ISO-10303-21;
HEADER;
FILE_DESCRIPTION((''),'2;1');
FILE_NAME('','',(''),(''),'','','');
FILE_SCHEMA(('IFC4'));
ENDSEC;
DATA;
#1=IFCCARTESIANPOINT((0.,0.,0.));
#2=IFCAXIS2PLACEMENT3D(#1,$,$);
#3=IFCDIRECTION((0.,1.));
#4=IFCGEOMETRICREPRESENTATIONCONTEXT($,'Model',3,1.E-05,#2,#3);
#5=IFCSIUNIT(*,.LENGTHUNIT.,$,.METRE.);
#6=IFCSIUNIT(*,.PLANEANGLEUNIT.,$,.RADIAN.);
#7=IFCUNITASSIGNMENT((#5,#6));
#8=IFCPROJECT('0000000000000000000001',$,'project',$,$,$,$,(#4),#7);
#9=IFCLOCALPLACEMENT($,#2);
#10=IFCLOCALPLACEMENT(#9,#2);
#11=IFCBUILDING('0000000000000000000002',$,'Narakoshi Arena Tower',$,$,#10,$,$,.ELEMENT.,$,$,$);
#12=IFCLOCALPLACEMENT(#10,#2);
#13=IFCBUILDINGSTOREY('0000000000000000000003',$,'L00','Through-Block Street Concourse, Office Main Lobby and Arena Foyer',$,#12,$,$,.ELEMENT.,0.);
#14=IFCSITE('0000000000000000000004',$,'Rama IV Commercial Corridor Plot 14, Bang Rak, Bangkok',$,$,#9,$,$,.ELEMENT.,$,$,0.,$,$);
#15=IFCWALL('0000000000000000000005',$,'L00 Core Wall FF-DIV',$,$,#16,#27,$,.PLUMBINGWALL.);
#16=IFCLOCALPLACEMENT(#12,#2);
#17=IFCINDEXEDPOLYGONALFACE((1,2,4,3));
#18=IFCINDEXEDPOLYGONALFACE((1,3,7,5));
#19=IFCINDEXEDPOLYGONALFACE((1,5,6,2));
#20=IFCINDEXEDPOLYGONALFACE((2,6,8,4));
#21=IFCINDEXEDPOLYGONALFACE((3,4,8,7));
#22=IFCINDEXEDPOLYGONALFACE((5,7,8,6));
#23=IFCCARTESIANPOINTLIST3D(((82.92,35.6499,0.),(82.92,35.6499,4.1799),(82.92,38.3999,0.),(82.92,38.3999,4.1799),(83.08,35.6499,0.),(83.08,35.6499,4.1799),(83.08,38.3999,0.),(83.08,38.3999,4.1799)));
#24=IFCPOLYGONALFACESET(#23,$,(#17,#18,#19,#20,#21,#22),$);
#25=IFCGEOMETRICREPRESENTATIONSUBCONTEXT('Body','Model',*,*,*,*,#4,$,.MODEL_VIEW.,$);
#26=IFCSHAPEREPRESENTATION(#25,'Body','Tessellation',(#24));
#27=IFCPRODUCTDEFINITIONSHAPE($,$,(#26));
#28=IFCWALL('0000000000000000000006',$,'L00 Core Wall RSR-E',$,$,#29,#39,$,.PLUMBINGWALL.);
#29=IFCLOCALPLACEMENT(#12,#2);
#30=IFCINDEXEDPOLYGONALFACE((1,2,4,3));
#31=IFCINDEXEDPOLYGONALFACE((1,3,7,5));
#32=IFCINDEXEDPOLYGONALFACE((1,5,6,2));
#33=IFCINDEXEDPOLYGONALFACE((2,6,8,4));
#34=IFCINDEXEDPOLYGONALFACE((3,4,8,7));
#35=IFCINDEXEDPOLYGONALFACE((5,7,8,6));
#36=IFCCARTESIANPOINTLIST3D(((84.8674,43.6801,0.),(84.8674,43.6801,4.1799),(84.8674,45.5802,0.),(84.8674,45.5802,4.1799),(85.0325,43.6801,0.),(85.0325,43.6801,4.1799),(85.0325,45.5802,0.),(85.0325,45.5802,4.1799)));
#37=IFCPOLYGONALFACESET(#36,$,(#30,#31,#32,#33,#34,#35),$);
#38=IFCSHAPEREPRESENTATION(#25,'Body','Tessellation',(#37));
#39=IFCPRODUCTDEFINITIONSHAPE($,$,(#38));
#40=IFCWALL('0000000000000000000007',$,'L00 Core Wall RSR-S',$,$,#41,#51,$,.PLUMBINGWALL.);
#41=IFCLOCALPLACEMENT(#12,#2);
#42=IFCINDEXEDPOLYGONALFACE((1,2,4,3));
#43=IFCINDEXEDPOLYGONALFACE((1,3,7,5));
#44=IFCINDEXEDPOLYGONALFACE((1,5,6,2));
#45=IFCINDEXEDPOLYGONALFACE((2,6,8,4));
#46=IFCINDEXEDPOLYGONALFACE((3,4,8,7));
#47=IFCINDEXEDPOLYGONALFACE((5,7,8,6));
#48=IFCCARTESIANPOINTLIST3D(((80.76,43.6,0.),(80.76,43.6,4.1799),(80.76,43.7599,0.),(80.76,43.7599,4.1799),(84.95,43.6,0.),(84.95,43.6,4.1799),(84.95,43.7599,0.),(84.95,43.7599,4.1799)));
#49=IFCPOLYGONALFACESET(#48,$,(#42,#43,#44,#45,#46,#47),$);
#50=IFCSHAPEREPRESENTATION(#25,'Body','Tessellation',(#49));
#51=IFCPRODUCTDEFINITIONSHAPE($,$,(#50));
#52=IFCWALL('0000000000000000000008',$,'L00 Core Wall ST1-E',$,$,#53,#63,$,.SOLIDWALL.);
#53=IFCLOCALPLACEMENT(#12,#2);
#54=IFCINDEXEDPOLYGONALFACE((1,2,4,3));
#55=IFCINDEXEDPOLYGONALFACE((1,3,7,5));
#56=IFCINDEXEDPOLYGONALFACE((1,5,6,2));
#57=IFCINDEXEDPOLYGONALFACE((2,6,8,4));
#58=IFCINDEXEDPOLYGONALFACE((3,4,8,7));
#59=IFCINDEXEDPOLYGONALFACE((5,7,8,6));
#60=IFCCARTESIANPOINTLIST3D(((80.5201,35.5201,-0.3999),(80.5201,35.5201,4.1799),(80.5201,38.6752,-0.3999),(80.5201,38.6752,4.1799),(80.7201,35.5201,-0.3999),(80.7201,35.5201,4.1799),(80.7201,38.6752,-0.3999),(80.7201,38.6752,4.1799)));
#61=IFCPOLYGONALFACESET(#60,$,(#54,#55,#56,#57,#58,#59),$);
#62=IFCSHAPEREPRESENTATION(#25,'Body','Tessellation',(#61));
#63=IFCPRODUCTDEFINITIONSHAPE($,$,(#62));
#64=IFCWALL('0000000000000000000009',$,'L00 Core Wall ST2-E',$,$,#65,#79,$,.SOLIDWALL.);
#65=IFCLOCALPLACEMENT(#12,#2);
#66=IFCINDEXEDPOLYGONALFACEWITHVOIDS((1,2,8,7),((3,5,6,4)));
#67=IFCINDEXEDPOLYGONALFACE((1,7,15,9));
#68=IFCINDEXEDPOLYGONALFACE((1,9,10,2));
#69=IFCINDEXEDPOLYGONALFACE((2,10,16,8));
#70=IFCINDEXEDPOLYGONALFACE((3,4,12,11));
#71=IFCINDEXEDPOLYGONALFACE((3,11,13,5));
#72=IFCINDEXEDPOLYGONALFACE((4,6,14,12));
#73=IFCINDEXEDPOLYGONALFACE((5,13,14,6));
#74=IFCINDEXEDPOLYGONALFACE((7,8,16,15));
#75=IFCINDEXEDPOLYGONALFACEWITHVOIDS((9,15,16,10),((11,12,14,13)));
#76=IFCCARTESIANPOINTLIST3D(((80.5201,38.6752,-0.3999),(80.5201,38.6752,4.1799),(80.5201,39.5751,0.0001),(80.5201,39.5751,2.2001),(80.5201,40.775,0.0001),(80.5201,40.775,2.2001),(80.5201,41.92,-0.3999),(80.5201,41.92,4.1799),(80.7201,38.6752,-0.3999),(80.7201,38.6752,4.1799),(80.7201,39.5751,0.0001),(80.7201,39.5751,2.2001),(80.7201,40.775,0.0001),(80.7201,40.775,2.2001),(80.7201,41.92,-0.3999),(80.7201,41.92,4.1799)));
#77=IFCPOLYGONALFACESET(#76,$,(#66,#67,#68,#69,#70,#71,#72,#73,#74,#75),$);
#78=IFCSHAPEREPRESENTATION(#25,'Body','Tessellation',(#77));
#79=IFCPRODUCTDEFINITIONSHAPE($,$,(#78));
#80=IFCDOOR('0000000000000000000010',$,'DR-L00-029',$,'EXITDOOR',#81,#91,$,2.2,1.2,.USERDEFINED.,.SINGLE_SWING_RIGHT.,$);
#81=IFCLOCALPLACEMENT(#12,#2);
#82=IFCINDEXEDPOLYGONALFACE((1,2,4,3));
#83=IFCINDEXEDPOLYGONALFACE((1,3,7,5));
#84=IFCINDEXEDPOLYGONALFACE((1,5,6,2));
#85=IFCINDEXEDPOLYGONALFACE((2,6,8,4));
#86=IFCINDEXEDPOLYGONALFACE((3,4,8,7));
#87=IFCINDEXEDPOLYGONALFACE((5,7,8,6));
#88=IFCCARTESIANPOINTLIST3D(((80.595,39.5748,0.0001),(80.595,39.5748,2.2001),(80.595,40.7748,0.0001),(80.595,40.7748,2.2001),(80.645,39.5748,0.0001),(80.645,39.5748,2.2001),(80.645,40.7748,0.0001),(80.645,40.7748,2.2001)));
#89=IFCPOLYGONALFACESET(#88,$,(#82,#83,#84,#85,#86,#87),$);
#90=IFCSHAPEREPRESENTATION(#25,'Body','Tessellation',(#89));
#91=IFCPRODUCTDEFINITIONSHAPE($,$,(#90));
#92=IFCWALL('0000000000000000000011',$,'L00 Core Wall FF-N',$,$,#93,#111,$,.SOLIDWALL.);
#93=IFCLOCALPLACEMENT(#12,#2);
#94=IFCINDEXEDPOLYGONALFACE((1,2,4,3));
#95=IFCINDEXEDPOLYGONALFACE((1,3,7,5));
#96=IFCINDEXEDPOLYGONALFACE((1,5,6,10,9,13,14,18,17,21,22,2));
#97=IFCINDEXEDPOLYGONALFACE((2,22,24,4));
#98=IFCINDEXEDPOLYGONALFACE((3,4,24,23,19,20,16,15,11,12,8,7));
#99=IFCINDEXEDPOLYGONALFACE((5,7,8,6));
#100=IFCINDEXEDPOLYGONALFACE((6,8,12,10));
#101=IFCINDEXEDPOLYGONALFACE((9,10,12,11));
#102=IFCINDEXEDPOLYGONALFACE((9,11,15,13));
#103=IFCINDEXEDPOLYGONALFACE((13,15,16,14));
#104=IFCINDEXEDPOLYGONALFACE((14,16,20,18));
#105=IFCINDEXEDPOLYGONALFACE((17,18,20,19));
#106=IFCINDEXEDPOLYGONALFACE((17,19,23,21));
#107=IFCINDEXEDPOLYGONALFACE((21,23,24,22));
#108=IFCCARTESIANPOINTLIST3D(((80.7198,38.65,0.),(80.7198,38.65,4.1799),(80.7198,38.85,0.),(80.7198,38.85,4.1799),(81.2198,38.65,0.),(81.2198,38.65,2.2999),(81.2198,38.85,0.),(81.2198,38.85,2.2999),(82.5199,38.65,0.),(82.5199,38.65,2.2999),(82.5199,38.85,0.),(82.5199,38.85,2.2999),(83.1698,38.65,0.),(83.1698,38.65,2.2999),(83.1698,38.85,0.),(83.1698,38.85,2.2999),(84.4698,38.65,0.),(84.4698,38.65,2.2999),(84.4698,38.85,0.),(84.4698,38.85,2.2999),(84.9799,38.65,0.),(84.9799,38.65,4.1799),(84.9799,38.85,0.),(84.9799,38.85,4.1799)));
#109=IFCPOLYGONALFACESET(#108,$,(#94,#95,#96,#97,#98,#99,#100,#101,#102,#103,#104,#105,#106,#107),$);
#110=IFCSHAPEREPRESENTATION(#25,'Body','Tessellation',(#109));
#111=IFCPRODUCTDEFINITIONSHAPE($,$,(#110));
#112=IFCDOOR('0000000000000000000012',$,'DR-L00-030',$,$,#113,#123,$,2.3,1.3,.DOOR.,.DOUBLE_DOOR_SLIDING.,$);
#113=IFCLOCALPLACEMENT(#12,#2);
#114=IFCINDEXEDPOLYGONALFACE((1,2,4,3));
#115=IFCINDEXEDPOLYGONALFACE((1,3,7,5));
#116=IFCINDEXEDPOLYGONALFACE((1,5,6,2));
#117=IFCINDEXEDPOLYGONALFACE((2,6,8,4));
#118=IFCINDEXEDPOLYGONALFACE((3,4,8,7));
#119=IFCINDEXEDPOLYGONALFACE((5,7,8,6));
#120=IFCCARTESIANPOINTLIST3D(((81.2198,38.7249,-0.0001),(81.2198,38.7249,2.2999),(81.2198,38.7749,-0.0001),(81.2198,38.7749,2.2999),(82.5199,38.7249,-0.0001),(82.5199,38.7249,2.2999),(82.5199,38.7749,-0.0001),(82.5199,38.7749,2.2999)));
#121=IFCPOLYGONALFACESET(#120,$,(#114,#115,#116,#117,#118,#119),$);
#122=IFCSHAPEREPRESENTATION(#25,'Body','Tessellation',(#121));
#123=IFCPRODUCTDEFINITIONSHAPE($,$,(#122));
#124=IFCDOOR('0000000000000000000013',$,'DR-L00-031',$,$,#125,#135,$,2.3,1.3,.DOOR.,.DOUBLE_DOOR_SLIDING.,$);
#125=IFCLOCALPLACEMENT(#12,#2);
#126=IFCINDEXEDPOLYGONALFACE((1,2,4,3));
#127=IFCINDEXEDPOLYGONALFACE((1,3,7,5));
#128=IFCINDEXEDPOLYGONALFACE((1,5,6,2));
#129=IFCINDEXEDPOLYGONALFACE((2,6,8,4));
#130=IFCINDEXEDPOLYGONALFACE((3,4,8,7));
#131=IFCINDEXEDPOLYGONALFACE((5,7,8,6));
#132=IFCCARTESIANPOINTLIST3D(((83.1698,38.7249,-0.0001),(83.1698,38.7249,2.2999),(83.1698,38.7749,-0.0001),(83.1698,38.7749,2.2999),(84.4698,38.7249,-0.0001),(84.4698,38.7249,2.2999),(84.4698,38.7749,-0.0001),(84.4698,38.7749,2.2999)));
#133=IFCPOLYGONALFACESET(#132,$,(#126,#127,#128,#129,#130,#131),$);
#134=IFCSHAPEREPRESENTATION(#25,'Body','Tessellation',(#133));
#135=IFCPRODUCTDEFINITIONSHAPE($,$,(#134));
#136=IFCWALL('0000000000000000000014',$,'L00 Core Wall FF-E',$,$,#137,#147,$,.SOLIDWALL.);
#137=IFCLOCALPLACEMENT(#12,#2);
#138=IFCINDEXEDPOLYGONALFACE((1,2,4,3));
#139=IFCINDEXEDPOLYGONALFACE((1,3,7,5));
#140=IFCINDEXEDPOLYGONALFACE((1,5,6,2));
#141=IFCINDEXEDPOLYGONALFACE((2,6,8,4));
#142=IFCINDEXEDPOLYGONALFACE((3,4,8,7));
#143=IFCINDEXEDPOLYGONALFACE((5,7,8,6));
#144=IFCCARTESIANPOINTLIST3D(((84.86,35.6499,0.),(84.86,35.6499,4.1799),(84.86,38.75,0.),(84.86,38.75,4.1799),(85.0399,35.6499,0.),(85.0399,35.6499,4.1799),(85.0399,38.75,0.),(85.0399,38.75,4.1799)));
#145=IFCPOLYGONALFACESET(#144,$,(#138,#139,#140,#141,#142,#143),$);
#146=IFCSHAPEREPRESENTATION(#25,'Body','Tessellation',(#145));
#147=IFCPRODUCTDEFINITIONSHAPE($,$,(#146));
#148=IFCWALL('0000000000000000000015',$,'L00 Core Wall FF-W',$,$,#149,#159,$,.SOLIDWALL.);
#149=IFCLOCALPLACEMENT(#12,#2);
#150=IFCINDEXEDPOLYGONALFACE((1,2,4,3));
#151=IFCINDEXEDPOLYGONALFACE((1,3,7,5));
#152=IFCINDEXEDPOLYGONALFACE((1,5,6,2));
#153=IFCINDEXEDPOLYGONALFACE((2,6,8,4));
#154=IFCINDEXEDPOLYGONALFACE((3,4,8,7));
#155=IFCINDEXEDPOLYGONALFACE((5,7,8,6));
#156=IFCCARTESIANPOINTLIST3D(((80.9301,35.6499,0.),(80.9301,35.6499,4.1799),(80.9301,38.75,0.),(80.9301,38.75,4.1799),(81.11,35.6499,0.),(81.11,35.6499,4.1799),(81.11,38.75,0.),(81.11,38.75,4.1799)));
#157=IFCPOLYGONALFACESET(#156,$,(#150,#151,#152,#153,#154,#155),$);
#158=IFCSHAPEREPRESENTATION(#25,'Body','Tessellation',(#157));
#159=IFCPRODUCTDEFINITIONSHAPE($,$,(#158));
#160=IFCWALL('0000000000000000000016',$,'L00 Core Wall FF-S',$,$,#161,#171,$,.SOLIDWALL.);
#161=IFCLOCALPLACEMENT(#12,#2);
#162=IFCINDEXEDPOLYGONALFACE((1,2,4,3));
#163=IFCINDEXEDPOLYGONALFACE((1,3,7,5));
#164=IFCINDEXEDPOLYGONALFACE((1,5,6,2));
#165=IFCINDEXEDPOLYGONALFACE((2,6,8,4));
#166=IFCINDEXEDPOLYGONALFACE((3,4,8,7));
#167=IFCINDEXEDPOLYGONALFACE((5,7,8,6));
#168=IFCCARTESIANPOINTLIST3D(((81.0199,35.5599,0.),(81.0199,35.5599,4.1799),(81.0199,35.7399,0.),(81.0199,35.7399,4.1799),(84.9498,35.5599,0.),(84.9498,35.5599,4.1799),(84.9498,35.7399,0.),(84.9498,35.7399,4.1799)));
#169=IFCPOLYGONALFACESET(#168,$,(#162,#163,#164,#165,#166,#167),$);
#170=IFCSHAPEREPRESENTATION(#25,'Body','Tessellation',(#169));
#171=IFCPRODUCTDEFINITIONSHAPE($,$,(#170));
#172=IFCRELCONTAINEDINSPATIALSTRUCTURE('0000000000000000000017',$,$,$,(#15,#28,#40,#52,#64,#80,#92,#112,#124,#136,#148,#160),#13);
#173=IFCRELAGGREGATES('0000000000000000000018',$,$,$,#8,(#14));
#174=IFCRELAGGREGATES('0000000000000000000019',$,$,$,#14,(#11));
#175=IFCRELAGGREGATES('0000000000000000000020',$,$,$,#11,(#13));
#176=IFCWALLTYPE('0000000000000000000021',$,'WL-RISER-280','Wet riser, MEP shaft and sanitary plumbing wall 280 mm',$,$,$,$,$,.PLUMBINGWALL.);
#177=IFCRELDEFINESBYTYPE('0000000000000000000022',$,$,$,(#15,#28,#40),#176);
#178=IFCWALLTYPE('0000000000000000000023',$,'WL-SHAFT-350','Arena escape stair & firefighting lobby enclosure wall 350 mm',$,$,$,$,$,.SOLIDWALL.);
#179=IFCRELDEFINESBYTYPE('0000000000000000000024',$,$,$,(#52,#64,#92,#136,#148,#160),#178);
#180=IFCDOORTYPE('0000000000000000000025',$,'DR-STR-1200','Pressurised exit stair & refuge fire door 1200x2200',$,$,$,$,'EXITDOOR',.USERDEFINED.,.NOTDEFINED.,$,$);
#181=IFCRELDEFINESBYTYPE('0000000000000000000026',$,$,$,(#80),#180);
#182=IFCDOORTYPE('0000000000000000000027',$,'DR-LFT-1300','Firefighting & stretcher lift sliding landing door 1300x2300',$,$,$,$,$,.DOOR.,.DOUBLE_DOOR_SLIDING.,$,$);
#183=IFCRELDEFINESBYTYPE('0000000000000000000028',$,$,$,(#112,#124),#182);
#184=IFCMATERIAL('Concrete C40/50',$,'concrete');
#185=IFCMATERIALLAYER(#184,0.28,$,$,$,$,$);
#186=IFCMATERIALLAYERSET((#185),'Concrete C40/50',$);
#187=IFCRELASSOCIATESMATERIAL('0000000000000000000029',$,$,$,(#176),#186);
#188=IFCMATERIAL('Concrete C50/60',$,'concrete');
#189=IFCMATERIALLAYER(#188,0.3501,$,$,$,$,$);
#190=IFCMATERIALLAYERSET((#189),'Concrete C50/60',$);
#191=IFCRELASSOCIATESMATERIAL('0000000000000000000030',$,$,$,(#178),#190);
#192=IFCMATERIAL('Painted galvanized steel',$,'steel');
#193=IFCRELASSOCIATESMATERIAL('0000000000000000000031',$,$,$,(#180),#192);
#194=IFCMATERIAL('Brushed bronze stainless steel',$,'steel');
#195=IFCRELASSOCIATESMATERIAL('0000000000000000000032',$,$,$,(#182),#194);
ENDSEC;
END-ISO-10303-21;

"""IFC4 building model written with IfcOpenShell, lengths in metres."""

from ifc_helpers import new_model, si_unit, direction, frame, frame_2d, origin, place, context, subcontext, project, spatial, rectangle, extrude, material, layer, layer_set, type_object, element, fill, save


model = new_model("IFC4")

# Units and contexts
model_context = context("Model", 3, precision=1e-05, world=origin(), true_north=direction((0.0, 1.0)))
body_context = subcontext(model_context, "Body", "Model", "MODEL_VIEW")
ifc_project = project(units=[si_unit("LENGTHUNIT", "METRE"), si_unit("PLANEANGLEUNIT", "RADIAN")], contexts=[model_context])

# Site, building, storey
site_placement = place(None, origin())
site = spatial("IfcSite", under=ifc_project, at=site_placement, Name="Rama IV Commercial Corridor Plot 14, Bang Rak, Bangkok", CompositionType="ELEMENT", RefElevation=0.0)
building_placement = place(site_placement, origin())
building = spatial("IfcBuilding", under=site, at=building_placement, Name="Narakoshi Arena Tower", CompositionType="ELEMENT")
storey_placement = place(building_placement, origin())
storey = spatial("IfcBuildingStorey", under=building, at=storey_placement, Name="L00", Description="Through-Block Street Concourse, Office Main Lobby and Arena Foyer", CompositionType="ELEMENT", Elevation=0.0)

# Walls
ifc_material_1 = material(Name="Concrete C40/50", Category="concrete")
ifc_layer_1 = layer(ifc_material_1, 0.28)
ifc_layer_set_1 = layer_set([ifc_layer_1], Name="Concrete C40/50")
wall_type_1 = type_object("IfcWallType", Name="WL-RISER-280", Description="Wet riser, MEP shaft and sanitary plumbing wall 280 mm", PredefinedType="PLUMBINGWALL", material=ifc_layer_set_1)
wall_1_placement = place(storey_placement, frame((83.0, 35.6499, 0.0), z_axis=(0.0, 0.0, 1.0), x_axis=(0.0, 1.0, 0.0)))
element("IfcWall", 1, at=wall_1_placement, inside=storey, type_object=wall_type_1, Name="L00 Core Wall FF-DIV", PredefinedType="PLUMBINGWALL", context=body_context, shape_type="SweptSolid", body=[
    extrude(rectangle(XDim=2.75, YDim=0.1599, at=frame_2d((1.375, 0.0))), origin(), (0.0, 0.0, 1.0), 4.1799),
])
wall_2_placement = place(storey_placement, frame((84.95, 43.6799, 0.0), z_axis=(0.0, 0.0, 1.0), x_axis=(0.0, 1.0, 0.0)))
element("IfcWall", 2, at=wall_2_placement, inside=storey, type_object=wall_type_1, Name="L00 Core Wall RSR-E", PredefinedType="PLUMBINGWALL", context=body_context, shape_type="SweptSolid", body=[
    extrude(rectangle(XDim=1.9001, YDim=0.165, at=frame_2d((0.9502, 0.0))), origin(), (0.0, 0.0, 1.0), 4.1799),
])
wall_3_placement = place(storey_placement, frame((80.76, 43.6799, 0.0), z_axis=(0.0, 0.0, 1.0), x_axis=(1.0, 0.0, 0.0)))
element("IfcWall", 3, at=wall_3_placement, inside=storey, type_object=wall_type_1, Name="L00 Core Wall RSR-S", PredefinedType="PLUMBINGWALL", context=body_context, shape_type="SweptSolid", body=[
    extrude(rectangle(XDim=4.1899, YDim=0.1599, at=frame_2d((2.095, 0.0))), origin(), (0.0, 0.0, 1.0), 4.1799),
])
ifc_material_2 = material(Name="Concrete C50/60", Category="concrete")
ifc_layer_2 = layer(ifc_material_2, 0.3501)
ifc_layer_set_2 = layer_set([ifc_layer_2], Name="Concrete C50/60")
wall_type_2 = type_object("IfcWallType", Name="WL-SHAFT-350", Description="Arena escape stair & firefighting lobby enclosure wall 350 mm", PredefinedType="SOLIDWALL", material=ifc_layer_set_2)
wall_4_placement = place(storey_placement, frame((80.6201, 35.52, -0.3999), z_axis=(0.0, 0.0, 1.0), x_axis=(0.0, 1.0, 0.0)))
element("IfcWall", 4, at=wall_4_placement, inside=storey, type_object=wall_type_2, Name="L00 Core Wall ST1-E", PredefinedType="SOLIDWALL", context=body_context, shape_type="SweptSolid", body=[
    extrude(rectangle(XDim=3.155, YDim=0.2, at=frame_2d((1.5776, 0.0))), origin(), (0.0, 0.0, 1.0), 4.5798),
])

# Wall, opening, door
wall_5_placement = place(storey_placement, frame((80.6201, 38.675, -0.3999), z_axis=(0.0, 0.0, 1.0), x_axis=(0.0, 1.0, 0.0)))
wall_5 = element("IfcWall", 5, at=wall_5_placement, inside=storey, type_object=wall_type_2, Name="L00 Core Wall ST2-E", PredefinedType="SOLIDWALL", context=body_context, shape_type="SweptSolid", body=[
    extrude(rectangle(XDim=3.2449, YDim=0.2, at=frame_2d((1.6226, 0.0))), origin(), (0.0, 0.0, 1.0), 4.5798),
])
opening_1_placement = place(wall_5_placement, frame((0.8999, 0.0, 0.3999)))
opening_1 = element("IfcOpeningElement", 6, at=opening_1_placement, cuts=wall_5, PredefinedType="OPENING", context=body_context, shape_type="SweptSolid", body=[
    extrude(rectangle(XDim=1.2, YDim=2.2, at=frame_2d((0.6001, 1.1001))), frame((0.0, 0.1099, 0.0), z_axis=(0.0, -1.0, 0.0), x_axis=(1.0, 0.0, 0.0)), (0.0, 0.0, 1.0), 0.22),
])
ifc_material_3 = material(Name="Painted galvanized steel", Category="steel")
door_type_1 = type_object("IfcDoorType", Name="DR-STR-1200", Description="Pressurised exit stair & refuge fire door 1200x2200", ElementType="EXITDOOR", OperationType="NOTDEFINED", PredefinedType="USERDEFINED", material=ifc_material_3)
door_1_placement = place(opening_1_placement, frame((1.2, 0.0, 0.0), z_axis=(0.0, 0.0, 1.0), x_axis=(-1.0, 0.0, 0.0)))
door_1 = element("IfcDoor", 7, at=door_1_placement, inside=storey, type_object=door_type_1, Name="DR-L00-029", ObjectType="EXITDOOR", OperationType="SINGLE_SWING_RIGHT", OverallHeight=2.2, OverallWidth=1.2, PredefinedType="USERDEFINED", context=body_context, shape_type="SweptSolid", body=[
    extrude(rectangle(XDim=1.2, YDim=2.2, at=frame_2d((0.6001, 1.1001))), frame((0.0, 0.0249, 0.0), z_axis=(0.0, -1.0, 0.0), x_axis=(1.0, 0.0, 0.0)), (0.0, 0.0, 1.0), 0.05),
])
fill(opening_1, door_1)

# Wall, openings, doors
wall_6_placement = place(storey_placement, frame((80.72, 38.75, 0.0), z_axis=(0.0, 0.0, 1.0), x_axis=(1.0, 0.0, 0.0)))
wall_6 = element("IfcWall", 8, at=wall_6_placement, inside=storey, type_object=wall_type_2, Name="L00 Core Wall FF-N", PredefinedType="SOLIDWALL", context=body_context, shape_type="SweptSolid", body=[
    extrude(rectangle(XDim=4.26, YDim=0.2, at=frame_2d((2.1299, 0.0))), origin(), (0.0, 0.0, 1.0), 4.1799),
])
opening_2_placement = place(wall_6_placement, frame((0.5, 0.0, 0.0)))
opening_2 = element("IfcOpeningElement", 9, at=opening_2_placement, cuts=wall_6, PredefinedType="OPENING", context=body_context, shape_type="SweptSolid", body=[
    extrude(rectangle(XDim=1.3, YDim=2.3, at=frame_2d((0.6499, 1.1499))), frame((0.0, 0.1099, 0.0), z_axis=(0.0, -1.0, 0.0), x_axis=(1.0, 0.0, 0.0)), (0.0, 0.0, 1.0), 0.22),
])
opening_3_placement = place(wall_6_placement, frame((2.45, 0.0, 0.0)))
opening_3 = element("IfcOpeningElement", 10, at=opening_3_placement, cuts=wall_6, PredefinedType="OPENING", context=body_context, shape_type="SweptSolid", body=[
    extrude(rectangle(XDim=1.3, YDim=2.3, at=frame_2d((0.6499, 1.1499))), frame((0.0, 0.1099, 0.0), z_axis=(0.0, -1.0, 0.0), x_axis=(1.0, 0.0, 0.0)), (0.0, 0.0, 1.0), 0.22),
])
ifc_material_4 = material(Name="Brushed bronze stainless steel", Category="steel")
door_type_2 = type_object("IfcDoorType", Name="DR-LFT-1300", Description="Firefighting & stretcher lift sliding landing door 1300x2300", OperationType="DOUBLE_DOOR_SLIDING", PredefinedType="DOOR", material=ifc_material_4)
door_2_placement = place(opening_2_placement, origin())
door_2 = element("IfcDoor", 11, at=door_2_placement, inside=storey, type_object=door_type_2, Name="DR-L00-030", OperationType="DOUBLE_DOOR_SLIDING", OverallHeight=2.3, OverallWidth=1.3, PredefinedType="DOOR", context=body_context, shape_type="SweptSolid", body=[
    extrude(rectangle(XDim=1.3, YDim=2.3, at=frame_2d((0.6499, 1.1499))), frame((0.0, 0.0249, 0.0), z_axis=(0.0, -1.0, 0.0), x_axis=(1.0, 0.0, 0.0)), (0.0, 0.0, 1.0), 0.05),
])
fill(opening_2, door_2)
door_3_placement = place(opening_3_placement, origin())
door_3 = element("IfcDoor", 12, at=door_3_placement, inside=storey, type_object=door_type_2, Name="DR-L00-031", OperationType="DOUBLE_DOOR_SLIDING", OverallHeight=2.3, OverallWidth=1.3, PredefinedType="DOOR", context=body_context, shape_type="SweptSolid", body=[
    extrude(rectangle(XDim=1.3, YDim=2.3, at=frame_2d((0.6499, 1.1499))), frame((0.0, 0.0249, 0.0), z_axis=(0.0, -1.0, 0.0), x_axis=(1.0, 0.0, 0.0)), (0.0, 0.0, 1.0), 0.05),
])
fill(opening_3, door_3)

# Walls
for number, where, z_axis, x_axis, name in (
    (13, (84.95, 35.6499, 0.0), (0.0, 0.0, 1.0), (0.0, 1.0, 0.0), "L00 Core Wall FF-E"),
    (14, (81.02, 35.6499, 0.0), (0.0, 0.0, 1.0), (0.0, 1.0, 0.0), "L00 Core Wall FF-W"),
):
    element("IfcWall", number, at=place(storey_placement, frame(where, z_axis=z_axis, x_axis=x_axis)), inside=storey, type_object=wall_type_2, Name=name, PredefinedType="SOLIDWALL", context=body_context, shape_type="SweptSolid", body=[
        extrude(rectangle(XDim=3.1001, YDim=0.1799, at=frame_2d((1.55, 0.0))), origin(), (0.0, 0.0, 1.0), 4.1799),
    ])
wall_7_placement = place(storey_placement, frame((81.02, 35.6499, 0.0), z_axis=(0.0, 0.0, 1.0), x_axis=(1.0, 0.0, 0.0)))
element("IfcWall", 15, at=wall_7_placement, inside=storey, type_object=wall_type_2, Name="L00 Core Wall FF-S", PredefinedType="SOLIDWALL", context=body_context, shape_type="SweptSolid", body=[
    extrude(rectangle(XDim=3.9299, YDim=0.1799, at=frame_2d((1.9648, 0.0))), origin(), (0.0, 0.0, 1.0), 4.1799),
])

save(model, "model.ifc")
